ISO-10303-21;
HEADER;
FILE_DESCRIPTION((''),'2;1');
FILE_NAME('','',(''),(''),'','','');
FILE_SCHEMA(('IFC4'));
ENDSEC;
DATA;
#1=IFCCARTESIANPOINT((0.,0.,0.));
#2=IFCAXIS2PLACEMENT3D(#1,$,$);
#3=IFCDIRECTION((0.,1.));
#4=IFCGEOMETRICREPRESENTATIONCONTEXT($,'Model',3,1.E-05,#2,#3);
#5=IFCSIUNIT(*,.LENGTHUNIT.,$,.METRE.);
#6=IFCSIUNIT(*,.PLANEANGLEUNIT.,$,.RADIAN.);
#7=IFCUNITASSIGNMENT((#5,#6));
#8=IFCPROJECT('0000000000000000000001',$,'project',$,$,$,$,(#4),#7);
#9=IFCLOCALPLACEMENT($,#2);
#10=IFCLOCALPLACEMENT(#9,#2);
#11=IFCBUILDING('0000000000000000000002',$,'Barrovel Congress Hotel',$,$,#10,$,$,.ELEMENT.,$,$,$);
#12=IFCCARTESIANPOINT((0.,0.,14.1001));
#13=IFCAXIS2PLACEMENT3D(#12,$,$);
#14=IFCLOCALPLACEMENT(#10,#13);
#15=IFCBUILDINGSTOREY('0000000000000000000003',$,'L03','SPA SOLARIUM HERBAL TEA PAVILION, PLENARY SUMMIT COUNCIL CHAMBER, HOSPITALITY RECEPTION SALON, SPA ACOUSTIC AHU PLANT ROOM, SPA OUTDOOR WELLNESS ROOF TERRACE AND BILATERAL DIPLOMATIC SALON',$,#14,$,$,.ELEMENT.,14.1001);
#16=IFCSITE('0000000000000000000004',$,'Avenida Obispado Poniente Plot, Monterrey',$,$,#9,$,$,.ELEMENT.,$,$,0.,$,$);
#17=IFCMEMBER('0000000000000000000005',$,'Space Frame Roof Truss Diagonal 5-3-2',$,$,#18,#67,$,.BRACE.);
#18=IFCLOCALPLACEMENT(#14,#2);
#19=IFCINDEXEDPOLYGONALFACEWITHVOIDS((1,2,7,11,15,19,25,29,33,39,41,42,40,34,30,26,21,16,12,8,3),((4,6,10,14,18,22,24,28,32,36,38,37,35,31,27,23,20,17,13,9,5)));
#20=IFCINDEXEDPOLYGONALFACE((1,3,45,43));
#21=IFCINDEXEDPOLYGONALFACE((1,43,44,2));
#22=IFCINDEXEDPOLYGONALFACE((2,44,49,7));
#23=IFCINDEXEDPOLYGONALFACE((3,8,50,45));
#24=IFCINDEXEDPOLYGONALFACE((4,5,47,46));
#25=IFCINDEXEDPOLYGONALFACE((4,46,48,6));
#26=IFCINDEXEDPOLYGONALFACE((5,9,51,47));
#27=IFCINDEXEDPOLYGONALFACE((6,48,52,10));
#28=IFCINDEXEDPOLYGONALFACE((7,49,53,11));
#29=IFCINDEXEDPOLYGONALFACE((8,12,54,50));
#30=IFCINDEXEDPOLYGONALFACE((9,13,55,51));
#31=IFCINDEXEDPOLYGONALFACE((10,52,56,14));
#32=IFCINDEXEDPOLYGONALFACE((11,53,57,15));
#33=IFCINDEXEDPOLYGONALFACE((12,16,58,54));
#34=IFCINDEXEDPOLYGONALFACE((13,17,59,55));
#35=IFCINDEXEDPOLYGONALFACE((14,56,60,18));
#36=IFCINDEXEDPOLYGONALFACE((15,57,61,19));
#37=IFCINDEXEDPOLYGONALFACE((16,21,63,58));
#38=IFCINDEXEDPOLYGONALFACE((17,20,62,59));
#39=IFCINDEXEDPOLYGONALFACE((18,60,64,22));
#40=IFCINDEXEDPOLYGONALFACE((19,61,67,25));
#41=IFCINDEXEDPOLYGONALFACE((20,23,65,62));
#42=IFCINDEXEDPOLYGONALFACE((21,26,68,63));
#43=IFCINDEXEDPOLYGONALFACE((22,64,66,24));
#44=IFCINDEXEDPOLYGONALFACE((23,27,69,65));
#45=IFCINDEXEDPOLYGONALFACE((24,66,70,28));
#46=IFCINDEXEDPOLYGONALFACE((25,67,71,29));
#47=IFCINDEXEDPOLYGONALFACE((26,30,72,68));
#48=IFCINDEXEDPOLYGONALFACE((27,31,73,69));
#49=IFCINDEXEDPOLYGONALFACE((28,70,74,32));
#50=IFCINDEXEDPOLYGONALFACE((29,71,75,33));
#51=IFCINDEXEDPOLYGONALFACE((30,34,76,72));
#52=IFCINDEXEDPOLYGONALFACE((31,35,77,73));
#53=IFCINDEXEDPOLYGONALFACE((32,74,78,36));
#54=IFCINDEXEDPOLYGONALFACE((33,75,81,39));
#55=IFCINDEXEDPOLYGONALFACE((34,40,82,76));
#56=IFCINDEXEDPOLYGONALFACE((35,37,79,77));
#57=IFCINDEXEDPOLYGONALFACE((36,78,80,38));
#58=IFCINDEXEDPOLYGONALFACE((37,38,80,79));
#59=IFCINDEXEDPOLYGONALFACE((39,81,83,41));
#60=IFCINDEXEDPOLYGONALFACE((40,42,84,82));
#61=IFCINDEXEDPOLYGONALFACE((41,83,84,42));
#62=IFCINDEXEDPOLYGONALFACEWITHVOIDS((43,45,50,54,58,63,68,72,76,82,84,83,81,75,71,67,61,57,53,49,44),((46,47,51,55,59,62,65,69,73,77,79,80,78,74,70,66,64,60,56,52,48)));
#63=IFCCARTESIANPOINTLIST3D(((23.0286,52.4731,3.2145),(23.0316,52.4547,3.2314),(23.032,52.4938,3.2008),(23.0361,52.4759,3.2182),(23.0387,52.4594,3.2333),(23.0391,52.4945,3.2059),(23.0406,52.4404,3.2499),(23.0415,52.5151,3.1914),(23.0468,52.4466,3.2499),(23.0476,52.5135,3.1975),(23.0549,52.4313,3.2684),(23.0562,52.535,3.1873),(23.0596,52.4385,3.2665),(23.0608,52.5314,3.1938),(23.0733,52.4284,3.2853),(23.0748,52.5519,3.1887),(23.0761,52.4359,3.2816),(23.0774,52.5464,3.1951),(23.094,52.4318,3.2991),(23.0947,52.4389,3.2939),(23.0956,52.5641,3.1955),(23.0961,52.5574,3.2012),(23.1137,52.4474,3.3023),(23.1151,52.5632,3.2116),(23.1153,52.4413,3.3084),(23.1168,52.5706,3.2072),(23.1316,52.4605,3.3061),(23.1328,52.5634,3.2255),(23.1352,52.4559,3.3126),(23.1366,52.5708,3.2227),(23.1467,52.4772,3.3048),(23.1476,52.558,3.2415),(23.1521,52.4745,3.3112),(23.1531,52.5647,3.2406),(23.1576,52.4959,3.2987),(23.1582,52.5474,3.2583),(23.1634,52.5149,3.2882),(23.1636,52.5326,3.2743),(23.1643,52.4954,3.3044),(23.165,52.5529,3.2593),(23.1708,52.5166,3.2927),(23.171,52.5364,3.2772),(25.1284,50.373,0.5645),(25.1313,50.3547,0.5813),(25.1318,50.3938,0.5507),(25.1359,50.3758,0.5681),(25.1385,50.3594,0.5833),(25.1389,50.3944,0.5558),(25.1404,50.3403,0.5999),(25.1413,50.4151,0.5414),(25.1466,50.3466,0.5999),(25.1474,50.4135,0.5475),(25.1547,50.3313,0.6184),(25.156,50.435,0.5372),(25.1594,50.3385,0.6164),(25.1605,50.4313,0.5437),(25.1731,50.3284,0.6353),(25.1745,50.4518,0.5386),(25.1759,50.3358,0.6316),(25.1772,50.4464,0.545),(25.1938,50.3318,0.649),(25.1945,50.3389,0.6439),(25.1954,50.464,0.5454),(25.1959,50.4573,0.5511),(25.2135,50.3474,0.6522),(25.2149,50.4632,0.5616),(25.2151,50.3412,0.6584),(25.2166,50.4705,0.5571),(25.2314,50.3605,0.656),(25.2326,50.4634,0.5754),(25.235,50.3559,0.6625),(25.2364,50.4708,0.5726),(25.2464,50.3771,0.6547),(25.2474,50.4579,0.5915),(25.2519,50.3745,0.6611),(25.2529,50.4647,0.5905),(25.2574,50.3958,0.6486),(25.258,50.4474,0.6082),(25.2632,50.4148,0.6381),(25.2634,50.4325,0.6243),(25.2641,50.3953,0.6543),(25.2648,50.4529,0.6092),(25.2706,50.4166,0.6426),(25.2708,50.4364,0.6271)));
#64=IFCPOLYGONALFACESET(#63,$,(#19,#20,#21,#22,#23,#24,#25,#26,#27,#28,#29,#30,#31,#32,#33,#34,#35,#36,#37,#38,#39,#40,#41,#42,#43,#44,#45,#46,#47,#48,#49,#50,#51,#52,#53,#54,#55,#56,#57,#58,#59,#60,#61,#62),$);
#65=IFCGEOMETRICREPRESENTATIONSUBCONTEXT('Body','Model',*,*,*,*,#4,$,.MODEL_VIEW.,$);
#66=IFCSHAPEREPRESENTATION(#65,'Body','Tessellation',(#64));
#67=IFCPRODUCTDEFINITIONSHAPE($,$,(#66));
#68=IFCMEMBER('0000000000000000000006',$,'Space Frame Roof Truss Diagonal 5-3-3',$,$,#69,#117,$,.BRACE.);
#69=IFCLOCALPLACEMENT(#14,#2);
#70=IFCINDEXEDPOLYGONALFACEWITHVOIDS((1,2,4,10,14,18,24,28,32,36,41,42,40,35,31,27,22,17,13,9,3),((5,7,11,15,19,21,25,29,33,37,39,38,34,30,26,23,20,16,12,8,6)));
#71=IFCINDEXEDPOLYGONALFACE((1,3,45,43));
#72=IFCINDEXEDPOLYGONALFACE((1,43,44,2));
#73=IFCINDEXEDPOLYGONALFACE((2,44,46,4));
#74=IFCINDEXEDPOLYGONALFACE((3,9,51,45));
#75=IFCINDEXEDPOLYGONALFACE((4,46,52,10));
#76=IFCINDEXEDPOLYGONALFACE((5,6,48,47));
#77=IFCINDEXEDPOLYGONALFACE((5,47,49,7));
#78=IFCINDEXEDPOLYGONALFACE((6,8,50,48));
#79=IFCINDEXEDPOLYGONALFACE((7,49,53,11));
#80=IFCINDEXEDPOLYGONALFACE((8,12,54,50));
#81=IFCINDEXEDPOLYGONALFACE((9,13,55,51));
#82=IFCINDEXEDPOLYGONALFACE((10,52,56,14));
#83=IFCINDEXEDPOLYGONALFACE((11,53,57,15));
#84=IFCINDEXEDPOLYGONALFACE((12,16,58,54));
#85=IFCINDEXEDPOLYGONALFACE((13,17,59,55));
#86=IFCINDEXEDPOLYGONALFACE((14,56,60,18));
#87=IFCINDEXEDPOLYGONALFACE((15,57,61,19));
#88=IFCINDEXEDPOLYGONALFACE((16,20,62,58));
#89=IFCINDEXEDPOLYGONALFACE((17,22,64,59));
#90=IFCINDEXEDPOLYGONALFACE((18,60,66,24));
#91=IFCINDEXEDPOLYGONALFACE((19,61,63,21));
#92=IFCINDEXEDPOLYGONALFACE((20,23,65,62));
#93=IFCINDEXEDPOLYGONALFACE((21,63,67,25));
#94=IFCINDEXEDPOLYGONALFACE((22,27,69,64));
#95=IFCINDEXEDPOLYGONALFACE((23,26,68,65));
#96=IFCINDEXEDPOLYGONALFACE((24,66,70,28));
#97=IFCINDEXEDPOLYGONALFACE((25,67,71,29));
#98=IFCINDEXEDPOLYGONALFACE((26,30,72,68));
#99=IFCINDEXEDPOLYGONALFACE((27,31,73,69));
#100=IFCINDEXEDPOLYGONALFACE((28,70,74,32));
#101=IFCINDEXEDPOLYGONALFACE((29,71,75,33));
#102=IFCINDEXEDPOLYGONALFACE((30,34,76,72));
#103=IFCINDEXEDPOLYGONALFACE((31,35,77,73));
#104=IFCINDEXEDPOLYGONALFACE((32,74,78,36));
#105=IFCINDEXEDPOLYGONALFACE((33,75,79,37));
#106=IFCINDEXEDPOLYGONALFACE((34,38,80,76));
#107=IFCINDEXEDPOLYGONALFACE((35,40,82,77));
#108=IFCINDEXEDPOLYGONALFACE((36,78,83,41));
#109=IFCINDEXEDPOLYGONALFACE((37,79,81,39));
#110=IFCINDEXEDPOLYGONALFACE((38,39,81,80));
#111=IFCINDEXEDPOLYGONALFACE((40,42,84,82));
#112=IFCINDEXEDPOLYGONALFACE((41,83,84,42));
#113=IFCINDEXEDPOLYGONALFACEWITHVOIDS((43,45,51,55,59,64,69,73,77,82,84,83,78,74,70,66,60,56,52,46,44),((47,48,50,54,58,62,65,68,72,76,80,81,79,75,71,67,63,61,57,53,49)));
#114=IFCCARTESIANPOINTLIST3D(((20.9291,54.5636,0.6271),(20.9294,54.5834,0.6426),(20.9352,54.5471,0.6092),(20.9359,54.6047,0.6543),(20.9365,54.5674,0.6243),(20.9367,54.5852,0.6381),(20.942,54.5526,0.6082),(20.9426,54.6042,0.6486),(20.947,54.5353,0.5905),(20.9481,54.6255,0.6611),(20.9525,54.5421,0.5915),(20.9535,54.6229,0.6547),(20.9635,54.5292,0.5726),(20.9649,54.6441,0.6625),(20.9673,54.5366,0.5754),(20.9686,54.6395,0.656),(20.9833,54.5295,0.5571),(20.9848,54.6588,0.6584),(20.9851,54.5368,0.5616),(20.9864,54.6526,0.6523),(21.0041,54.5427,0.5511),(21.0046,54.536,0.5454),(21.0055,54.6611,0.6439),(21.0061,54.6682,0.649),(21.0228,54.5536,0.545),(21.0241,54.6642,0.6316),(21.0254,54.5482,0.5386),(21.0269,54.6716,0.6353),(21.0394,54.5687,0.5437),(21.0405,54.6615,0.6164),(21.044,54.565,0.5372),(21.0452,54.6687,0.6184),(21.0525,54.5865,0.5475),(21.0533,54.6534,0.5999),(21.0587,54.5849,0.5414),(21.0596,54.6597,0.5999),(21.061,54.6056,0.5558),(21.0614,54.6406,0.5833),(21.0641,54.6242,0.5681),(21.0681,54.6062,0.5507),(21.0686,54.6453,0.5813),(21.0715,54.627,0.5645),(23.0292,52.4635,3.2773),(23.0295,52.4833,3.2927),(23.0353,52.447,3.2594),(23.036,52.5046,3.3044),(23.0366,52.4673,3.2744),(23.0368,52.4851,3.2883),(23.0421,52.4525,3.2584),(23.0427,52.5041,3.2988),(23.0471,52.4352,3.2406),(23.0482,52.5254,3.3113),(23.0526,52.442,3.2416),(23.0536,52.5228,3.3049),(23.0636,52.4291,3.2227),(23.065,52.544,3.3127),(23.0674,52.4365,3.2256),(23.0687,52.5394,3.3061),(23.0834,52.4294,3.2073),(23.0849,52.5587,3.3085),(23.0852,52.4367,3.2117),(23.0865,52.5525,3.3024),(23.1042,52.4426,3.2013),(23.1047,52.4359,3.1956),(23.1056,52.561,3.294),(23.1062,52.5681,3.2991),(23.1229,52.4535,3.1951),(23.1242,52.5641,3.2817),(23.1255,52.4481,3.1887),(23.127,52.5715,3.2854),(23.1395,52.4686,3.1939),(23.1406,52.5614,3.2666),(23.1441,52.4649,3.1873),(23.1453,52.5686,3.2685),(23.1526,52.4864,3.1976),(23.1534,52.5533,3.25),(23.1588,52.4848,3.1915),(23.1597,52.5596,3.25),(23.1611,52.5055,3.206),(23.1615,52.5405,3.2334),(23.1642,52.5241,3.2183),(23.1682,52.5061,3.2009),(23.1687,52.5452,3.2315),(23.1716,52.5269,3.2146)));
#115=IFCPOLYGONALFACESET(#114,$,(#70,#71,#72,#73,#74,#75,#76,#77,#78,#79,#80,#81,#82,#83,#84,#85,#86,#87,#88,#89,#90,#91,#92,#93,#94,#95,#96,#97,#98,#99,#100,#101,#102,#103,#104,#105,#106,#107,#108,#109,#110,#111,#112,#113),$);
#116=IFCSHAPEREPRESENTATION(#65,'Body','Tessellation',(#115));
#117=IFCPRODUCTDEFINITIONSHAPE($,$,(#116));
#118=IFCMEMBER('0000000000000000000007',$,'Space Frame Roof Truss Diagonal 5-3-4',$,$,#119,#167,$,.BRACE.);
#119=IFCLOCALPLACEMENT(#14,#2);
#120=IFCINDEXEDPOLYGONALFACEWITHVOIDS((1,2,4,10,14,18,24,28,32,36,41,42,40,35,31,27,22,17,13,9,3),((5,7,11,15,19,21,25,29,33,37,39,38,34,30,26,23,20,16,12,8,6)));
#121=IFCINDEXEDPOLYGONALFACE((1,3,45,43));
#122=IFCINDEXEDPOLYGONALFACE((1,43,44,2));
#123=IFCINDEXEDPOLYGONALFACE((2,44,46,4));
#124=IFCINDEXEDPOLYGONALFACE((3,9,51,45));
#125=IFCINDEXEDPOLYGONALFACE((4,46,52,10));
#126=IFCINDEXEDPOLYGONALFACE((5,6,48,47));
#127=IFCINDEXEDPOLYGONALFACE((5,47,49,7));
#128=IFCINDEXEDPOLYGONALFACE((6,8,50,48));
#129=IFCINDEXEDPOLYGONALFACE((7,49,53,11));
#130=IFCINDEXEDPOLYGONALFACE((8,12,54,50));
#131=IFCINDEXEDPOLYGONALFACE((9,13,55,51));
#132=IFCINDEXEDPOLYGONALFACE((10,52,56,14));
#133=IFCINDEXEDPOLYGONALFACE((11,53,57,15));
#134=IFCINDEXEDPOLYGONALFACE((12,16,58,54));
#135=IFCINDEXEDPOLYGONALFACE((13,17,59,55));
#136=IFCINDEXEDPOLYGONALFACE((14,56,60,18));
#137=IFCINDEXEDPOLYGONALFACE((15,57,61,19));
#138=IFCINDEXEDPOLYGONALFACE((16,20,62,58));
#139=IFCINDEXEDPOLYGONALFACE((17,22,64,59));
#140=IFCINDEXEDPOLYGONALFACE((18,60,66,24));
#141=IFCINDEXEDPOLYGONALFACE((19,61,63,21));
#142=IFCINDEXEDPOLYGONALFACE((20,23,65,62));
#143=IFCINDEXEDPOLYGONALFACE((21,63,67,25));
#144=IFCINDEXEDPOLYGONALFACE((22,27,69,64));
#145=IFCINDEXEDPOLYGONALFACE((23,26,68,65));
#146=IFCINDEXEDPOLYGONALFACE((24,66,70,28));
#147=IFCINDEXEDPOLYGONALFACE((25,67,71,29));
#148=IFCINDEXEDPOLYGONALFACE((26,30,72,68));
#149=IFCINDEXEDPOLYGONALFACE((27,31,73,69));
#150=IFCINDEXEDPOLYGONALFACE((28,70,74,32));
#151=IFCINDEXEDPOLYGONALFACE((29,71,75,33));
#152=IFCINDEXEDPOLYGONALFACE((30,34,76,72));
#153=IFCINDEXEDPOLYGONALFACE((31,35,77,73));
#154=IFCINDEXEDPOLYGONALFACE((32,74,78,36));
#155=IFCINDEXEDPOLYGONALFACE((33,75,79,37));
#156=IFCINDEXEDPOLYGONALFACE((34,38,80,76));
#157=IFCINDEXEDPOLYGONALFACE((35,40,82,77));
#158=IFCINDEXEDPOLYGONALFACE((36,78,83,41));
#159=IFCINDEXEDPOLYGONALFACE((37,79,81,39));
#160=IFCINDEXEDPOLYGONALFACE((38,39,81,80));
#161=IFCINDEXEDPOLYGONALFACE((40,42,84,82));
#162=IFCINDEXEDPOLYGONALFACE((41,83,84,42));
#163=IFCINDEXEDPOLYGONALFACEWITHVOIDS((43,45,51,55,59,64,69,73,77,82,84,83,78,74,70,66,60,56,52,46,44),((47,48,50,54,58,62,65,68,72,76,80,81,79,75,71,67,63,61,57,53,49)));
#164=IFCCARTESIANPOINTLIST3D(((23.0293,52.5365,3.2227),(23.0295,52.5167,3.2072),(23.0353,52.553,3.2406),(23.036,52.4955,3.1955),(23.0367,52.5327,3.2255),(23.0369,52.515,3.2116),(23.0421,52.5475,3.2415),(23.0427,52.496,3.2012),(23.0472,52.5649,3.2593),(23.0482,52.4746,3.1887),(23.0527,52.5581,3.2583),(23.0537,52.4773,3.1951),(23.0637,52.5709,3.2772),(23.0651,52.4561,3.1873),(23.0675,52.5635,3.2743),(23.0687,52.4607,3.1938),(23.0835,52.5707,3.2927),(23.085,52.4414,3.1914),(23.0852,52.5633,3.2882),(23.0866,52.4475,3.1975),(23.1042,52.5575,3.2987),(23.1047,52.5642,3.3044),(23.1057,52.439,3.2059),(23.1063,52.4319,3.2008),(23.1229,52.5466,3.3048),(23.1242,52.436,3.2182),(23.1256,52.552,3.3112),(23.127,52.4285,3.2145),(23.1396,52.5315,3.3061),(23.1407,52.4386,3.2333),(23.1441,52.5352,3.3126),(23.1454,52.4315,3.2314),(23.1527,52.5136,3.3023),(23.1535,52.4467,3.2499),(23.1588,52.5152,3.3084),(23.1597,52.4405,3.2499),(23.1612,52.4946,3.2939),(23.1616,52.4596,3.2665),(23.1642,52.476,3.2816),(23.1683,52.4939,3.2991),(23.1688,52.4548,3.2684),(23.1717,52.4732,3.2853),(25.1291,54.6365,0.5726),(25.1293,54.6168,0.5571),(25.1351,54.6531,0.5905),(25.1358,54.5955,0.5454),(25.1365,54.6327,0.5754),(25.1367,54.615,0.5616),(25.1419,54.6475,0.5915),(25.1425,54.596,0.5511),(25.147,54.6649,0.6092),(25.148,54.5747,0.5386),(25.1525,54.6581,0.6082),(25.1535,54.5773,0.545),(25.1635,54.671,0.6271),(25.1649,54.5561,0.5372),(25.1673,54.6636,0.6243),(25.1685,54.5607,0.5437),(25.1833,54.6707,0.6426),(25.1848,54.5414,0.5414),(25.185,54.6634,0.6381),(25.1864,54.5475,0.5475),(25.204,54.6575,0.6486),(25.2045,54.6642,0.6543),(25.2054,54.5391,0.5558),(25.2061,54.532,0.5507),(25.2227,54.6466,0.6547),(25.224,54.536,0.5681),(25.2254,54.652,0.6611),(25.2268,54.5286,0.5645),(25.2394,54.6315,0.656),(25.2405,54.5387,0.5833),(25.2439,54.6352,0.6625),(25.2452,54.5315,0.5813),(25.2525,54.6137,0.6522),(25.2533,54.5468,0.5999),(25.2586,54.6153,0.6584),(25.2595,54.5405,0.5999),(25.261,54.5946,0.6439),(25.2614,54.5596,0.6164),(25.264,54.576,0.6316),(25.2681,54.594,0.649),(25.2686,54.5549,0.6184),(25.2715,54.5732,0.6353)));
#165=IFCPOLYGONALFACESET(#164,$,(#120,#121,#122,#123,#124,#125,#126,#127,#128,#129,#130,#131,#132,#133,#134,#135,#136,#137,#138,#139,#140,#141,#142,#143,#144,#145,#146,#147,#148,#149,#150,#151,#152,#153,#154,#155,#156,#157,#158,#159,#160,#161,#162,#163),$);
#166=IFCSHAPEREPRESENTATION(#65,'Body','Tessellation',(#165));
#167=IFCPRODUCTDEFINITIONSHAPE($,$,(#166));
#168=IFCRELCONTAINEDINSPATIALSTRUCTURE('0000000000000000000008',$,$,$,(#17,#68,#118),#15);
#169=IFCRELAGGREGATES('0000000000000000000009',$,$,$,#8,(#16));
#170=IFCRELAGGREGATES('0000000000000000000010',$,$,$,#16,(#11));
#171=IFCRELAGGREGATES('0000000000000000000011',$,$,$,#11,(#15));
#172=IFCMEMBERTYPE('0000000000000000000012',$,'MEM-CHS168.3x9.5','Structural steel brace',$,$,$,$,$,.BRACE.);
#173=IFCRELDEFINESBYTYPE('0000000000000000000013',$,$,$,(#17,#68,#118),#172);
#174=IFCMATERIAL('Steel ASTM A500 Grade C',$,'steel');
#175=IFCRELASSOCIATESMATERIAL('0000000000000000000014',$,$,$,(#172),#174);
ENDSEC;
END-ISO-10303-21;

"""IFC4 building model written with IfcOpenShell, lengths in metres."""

from ifc_helpers import new_model, si_unit, direction, frame, origin, origin_2d, place, context, subcontext, project, spatial, hollow_circle, extrude, material, material_profile, profile_set, type_object, element, save


model = new_model("IFC4")

# Units and contexts
model_context = context("Model", 3, precision=1e-05, world=origin(), true_north=direction((0.0, 1.0)))
body_context = subcontext(model_context, "Body", "Model", "MODEL_VIEW")
ifc_project = project(units=[si_unit("LENGTHUNIT", "METRE"), si_unit("PLANEANGLEUNIT", "RADIAN")], contexts=[model_context])

# Site, building, storey
site_placement = place(None, origin())
site = spatial("IfcSite", under=ifc_project, at=site_placement, Name="Avenida Obispado Poniente Plot, Monterrey", CompositionType="ELEMENT", RefElevation=0.0)
building_placement = place(site_placement, origin())
building = spatial("IfcBuilding", under=site, at=building_placement, Name="Barrovel Congress Hotel", CompositionType="ELEMENT")
storey_placement = place(building_placement, frame((0.0, 0.0, 14.1001)))
storey = spatial("IfcBuildingStorey", under=building, at=storey_placement, Name="L03", Description="SPA SOLARIUM HERBAL TEA PAVILION, PLENARY SUMMIT COUNCIL CHAMBER, HOSPITALITY RECEPTION SALON, SPA ACOUSTIC AHU PLANT ROOM, SPA OUTDOOR WELLNESS ROOF TERRACE AND BILATERAL DIPLOMATIC SALON", CompositionType="ELEMENT", Elevation=14.1001)

# Members
ifc_material_1 = material(Name="Steel ASTM A500 Grade C", Category="steel")
ifc_material_profile_1 = material_profile(ifc_material_1, hollow_circle(Radius=0.0842, WallThickness=0.0088, at=origin_2d()), Name="CHS168.3x9.5")
ifc_profile_set_1 = profile_set([ifc_material_profile_1], Name="Steel ASTM A500 Grade C")
member_type_1 = type_object("IfcMemberType", Name="MEM-CHS168.3x9.5", Description="Structural steel brace", PredefinedType="BRACE", material=ifc_profile_set_1)
member_1_placement = place(storey_placement, frame((25.2, 50.3999, 0.5999), z_axis=(-0.527557, 0.527618, 0.66581), x_axis=(-0.707148, -0.707066, 0.0)))
element("IfcMember", 1, at=member_1_placement, inside=storey, type_object=member_type_1, Name="Space Frame Roof Truss Diagonal 5-3-2", PredefinedType="BRACE", context=body_context, shape_type="SweptSolid", body=[
    extrude(hollow_circle(Radius=0.0842, WallThickness=0.0088, at=origin_2d()), origin(), (0.0, 0.0, 1.0), 3.9802),
])
member_2_placement = place(storey_placement, frame((21.0, 54.6001, 0.5999), z_axis=(0.527601, -0.527601, 0.665788), x_axis=(0.707107, 0.707107, 0.0)))
element("IfcMember", 2, at=member_2_placement, inside=storey, type_object=member_type_1, Name="Space Frame Roof Truss Diagonal 5-3-3", PredefinedType="BRACE", context=body_context, shape_type="SweptSolid", body=[
    extrude(hollow_circle(Radius=0.0842, WallThickness=0.0088, at=origin_2d()), origin(), (0.0, 0.0, 1.0), 3.9805),
])
for number, where, z_axis, x_axis, name in (
    (3, (25.2, 54.6001, 0.5999), (-0.527557, -0.527618, 0.66581), (0.707148, -0.707066, 0.0), "Space Frame Roof Truss Diagonal 5-3-4"),
):
    element("IfcMember", number, at=place(storey_placement, frame(where, z_axis=z_axis, x_axis=x_axis)), inside=storey, type_object=member_type_1, Name=name, PredefinedType="BRACE", context=body_context, shape_type="SweptSolid", body=[
        extrude(hollow_circle(Radius=0.0842, WallThickness=0.0088, at=origin_2d()), origin(), (0.0, 0.0, 1.0), 3.9802),
    ])

save(model, "model.ifc")
